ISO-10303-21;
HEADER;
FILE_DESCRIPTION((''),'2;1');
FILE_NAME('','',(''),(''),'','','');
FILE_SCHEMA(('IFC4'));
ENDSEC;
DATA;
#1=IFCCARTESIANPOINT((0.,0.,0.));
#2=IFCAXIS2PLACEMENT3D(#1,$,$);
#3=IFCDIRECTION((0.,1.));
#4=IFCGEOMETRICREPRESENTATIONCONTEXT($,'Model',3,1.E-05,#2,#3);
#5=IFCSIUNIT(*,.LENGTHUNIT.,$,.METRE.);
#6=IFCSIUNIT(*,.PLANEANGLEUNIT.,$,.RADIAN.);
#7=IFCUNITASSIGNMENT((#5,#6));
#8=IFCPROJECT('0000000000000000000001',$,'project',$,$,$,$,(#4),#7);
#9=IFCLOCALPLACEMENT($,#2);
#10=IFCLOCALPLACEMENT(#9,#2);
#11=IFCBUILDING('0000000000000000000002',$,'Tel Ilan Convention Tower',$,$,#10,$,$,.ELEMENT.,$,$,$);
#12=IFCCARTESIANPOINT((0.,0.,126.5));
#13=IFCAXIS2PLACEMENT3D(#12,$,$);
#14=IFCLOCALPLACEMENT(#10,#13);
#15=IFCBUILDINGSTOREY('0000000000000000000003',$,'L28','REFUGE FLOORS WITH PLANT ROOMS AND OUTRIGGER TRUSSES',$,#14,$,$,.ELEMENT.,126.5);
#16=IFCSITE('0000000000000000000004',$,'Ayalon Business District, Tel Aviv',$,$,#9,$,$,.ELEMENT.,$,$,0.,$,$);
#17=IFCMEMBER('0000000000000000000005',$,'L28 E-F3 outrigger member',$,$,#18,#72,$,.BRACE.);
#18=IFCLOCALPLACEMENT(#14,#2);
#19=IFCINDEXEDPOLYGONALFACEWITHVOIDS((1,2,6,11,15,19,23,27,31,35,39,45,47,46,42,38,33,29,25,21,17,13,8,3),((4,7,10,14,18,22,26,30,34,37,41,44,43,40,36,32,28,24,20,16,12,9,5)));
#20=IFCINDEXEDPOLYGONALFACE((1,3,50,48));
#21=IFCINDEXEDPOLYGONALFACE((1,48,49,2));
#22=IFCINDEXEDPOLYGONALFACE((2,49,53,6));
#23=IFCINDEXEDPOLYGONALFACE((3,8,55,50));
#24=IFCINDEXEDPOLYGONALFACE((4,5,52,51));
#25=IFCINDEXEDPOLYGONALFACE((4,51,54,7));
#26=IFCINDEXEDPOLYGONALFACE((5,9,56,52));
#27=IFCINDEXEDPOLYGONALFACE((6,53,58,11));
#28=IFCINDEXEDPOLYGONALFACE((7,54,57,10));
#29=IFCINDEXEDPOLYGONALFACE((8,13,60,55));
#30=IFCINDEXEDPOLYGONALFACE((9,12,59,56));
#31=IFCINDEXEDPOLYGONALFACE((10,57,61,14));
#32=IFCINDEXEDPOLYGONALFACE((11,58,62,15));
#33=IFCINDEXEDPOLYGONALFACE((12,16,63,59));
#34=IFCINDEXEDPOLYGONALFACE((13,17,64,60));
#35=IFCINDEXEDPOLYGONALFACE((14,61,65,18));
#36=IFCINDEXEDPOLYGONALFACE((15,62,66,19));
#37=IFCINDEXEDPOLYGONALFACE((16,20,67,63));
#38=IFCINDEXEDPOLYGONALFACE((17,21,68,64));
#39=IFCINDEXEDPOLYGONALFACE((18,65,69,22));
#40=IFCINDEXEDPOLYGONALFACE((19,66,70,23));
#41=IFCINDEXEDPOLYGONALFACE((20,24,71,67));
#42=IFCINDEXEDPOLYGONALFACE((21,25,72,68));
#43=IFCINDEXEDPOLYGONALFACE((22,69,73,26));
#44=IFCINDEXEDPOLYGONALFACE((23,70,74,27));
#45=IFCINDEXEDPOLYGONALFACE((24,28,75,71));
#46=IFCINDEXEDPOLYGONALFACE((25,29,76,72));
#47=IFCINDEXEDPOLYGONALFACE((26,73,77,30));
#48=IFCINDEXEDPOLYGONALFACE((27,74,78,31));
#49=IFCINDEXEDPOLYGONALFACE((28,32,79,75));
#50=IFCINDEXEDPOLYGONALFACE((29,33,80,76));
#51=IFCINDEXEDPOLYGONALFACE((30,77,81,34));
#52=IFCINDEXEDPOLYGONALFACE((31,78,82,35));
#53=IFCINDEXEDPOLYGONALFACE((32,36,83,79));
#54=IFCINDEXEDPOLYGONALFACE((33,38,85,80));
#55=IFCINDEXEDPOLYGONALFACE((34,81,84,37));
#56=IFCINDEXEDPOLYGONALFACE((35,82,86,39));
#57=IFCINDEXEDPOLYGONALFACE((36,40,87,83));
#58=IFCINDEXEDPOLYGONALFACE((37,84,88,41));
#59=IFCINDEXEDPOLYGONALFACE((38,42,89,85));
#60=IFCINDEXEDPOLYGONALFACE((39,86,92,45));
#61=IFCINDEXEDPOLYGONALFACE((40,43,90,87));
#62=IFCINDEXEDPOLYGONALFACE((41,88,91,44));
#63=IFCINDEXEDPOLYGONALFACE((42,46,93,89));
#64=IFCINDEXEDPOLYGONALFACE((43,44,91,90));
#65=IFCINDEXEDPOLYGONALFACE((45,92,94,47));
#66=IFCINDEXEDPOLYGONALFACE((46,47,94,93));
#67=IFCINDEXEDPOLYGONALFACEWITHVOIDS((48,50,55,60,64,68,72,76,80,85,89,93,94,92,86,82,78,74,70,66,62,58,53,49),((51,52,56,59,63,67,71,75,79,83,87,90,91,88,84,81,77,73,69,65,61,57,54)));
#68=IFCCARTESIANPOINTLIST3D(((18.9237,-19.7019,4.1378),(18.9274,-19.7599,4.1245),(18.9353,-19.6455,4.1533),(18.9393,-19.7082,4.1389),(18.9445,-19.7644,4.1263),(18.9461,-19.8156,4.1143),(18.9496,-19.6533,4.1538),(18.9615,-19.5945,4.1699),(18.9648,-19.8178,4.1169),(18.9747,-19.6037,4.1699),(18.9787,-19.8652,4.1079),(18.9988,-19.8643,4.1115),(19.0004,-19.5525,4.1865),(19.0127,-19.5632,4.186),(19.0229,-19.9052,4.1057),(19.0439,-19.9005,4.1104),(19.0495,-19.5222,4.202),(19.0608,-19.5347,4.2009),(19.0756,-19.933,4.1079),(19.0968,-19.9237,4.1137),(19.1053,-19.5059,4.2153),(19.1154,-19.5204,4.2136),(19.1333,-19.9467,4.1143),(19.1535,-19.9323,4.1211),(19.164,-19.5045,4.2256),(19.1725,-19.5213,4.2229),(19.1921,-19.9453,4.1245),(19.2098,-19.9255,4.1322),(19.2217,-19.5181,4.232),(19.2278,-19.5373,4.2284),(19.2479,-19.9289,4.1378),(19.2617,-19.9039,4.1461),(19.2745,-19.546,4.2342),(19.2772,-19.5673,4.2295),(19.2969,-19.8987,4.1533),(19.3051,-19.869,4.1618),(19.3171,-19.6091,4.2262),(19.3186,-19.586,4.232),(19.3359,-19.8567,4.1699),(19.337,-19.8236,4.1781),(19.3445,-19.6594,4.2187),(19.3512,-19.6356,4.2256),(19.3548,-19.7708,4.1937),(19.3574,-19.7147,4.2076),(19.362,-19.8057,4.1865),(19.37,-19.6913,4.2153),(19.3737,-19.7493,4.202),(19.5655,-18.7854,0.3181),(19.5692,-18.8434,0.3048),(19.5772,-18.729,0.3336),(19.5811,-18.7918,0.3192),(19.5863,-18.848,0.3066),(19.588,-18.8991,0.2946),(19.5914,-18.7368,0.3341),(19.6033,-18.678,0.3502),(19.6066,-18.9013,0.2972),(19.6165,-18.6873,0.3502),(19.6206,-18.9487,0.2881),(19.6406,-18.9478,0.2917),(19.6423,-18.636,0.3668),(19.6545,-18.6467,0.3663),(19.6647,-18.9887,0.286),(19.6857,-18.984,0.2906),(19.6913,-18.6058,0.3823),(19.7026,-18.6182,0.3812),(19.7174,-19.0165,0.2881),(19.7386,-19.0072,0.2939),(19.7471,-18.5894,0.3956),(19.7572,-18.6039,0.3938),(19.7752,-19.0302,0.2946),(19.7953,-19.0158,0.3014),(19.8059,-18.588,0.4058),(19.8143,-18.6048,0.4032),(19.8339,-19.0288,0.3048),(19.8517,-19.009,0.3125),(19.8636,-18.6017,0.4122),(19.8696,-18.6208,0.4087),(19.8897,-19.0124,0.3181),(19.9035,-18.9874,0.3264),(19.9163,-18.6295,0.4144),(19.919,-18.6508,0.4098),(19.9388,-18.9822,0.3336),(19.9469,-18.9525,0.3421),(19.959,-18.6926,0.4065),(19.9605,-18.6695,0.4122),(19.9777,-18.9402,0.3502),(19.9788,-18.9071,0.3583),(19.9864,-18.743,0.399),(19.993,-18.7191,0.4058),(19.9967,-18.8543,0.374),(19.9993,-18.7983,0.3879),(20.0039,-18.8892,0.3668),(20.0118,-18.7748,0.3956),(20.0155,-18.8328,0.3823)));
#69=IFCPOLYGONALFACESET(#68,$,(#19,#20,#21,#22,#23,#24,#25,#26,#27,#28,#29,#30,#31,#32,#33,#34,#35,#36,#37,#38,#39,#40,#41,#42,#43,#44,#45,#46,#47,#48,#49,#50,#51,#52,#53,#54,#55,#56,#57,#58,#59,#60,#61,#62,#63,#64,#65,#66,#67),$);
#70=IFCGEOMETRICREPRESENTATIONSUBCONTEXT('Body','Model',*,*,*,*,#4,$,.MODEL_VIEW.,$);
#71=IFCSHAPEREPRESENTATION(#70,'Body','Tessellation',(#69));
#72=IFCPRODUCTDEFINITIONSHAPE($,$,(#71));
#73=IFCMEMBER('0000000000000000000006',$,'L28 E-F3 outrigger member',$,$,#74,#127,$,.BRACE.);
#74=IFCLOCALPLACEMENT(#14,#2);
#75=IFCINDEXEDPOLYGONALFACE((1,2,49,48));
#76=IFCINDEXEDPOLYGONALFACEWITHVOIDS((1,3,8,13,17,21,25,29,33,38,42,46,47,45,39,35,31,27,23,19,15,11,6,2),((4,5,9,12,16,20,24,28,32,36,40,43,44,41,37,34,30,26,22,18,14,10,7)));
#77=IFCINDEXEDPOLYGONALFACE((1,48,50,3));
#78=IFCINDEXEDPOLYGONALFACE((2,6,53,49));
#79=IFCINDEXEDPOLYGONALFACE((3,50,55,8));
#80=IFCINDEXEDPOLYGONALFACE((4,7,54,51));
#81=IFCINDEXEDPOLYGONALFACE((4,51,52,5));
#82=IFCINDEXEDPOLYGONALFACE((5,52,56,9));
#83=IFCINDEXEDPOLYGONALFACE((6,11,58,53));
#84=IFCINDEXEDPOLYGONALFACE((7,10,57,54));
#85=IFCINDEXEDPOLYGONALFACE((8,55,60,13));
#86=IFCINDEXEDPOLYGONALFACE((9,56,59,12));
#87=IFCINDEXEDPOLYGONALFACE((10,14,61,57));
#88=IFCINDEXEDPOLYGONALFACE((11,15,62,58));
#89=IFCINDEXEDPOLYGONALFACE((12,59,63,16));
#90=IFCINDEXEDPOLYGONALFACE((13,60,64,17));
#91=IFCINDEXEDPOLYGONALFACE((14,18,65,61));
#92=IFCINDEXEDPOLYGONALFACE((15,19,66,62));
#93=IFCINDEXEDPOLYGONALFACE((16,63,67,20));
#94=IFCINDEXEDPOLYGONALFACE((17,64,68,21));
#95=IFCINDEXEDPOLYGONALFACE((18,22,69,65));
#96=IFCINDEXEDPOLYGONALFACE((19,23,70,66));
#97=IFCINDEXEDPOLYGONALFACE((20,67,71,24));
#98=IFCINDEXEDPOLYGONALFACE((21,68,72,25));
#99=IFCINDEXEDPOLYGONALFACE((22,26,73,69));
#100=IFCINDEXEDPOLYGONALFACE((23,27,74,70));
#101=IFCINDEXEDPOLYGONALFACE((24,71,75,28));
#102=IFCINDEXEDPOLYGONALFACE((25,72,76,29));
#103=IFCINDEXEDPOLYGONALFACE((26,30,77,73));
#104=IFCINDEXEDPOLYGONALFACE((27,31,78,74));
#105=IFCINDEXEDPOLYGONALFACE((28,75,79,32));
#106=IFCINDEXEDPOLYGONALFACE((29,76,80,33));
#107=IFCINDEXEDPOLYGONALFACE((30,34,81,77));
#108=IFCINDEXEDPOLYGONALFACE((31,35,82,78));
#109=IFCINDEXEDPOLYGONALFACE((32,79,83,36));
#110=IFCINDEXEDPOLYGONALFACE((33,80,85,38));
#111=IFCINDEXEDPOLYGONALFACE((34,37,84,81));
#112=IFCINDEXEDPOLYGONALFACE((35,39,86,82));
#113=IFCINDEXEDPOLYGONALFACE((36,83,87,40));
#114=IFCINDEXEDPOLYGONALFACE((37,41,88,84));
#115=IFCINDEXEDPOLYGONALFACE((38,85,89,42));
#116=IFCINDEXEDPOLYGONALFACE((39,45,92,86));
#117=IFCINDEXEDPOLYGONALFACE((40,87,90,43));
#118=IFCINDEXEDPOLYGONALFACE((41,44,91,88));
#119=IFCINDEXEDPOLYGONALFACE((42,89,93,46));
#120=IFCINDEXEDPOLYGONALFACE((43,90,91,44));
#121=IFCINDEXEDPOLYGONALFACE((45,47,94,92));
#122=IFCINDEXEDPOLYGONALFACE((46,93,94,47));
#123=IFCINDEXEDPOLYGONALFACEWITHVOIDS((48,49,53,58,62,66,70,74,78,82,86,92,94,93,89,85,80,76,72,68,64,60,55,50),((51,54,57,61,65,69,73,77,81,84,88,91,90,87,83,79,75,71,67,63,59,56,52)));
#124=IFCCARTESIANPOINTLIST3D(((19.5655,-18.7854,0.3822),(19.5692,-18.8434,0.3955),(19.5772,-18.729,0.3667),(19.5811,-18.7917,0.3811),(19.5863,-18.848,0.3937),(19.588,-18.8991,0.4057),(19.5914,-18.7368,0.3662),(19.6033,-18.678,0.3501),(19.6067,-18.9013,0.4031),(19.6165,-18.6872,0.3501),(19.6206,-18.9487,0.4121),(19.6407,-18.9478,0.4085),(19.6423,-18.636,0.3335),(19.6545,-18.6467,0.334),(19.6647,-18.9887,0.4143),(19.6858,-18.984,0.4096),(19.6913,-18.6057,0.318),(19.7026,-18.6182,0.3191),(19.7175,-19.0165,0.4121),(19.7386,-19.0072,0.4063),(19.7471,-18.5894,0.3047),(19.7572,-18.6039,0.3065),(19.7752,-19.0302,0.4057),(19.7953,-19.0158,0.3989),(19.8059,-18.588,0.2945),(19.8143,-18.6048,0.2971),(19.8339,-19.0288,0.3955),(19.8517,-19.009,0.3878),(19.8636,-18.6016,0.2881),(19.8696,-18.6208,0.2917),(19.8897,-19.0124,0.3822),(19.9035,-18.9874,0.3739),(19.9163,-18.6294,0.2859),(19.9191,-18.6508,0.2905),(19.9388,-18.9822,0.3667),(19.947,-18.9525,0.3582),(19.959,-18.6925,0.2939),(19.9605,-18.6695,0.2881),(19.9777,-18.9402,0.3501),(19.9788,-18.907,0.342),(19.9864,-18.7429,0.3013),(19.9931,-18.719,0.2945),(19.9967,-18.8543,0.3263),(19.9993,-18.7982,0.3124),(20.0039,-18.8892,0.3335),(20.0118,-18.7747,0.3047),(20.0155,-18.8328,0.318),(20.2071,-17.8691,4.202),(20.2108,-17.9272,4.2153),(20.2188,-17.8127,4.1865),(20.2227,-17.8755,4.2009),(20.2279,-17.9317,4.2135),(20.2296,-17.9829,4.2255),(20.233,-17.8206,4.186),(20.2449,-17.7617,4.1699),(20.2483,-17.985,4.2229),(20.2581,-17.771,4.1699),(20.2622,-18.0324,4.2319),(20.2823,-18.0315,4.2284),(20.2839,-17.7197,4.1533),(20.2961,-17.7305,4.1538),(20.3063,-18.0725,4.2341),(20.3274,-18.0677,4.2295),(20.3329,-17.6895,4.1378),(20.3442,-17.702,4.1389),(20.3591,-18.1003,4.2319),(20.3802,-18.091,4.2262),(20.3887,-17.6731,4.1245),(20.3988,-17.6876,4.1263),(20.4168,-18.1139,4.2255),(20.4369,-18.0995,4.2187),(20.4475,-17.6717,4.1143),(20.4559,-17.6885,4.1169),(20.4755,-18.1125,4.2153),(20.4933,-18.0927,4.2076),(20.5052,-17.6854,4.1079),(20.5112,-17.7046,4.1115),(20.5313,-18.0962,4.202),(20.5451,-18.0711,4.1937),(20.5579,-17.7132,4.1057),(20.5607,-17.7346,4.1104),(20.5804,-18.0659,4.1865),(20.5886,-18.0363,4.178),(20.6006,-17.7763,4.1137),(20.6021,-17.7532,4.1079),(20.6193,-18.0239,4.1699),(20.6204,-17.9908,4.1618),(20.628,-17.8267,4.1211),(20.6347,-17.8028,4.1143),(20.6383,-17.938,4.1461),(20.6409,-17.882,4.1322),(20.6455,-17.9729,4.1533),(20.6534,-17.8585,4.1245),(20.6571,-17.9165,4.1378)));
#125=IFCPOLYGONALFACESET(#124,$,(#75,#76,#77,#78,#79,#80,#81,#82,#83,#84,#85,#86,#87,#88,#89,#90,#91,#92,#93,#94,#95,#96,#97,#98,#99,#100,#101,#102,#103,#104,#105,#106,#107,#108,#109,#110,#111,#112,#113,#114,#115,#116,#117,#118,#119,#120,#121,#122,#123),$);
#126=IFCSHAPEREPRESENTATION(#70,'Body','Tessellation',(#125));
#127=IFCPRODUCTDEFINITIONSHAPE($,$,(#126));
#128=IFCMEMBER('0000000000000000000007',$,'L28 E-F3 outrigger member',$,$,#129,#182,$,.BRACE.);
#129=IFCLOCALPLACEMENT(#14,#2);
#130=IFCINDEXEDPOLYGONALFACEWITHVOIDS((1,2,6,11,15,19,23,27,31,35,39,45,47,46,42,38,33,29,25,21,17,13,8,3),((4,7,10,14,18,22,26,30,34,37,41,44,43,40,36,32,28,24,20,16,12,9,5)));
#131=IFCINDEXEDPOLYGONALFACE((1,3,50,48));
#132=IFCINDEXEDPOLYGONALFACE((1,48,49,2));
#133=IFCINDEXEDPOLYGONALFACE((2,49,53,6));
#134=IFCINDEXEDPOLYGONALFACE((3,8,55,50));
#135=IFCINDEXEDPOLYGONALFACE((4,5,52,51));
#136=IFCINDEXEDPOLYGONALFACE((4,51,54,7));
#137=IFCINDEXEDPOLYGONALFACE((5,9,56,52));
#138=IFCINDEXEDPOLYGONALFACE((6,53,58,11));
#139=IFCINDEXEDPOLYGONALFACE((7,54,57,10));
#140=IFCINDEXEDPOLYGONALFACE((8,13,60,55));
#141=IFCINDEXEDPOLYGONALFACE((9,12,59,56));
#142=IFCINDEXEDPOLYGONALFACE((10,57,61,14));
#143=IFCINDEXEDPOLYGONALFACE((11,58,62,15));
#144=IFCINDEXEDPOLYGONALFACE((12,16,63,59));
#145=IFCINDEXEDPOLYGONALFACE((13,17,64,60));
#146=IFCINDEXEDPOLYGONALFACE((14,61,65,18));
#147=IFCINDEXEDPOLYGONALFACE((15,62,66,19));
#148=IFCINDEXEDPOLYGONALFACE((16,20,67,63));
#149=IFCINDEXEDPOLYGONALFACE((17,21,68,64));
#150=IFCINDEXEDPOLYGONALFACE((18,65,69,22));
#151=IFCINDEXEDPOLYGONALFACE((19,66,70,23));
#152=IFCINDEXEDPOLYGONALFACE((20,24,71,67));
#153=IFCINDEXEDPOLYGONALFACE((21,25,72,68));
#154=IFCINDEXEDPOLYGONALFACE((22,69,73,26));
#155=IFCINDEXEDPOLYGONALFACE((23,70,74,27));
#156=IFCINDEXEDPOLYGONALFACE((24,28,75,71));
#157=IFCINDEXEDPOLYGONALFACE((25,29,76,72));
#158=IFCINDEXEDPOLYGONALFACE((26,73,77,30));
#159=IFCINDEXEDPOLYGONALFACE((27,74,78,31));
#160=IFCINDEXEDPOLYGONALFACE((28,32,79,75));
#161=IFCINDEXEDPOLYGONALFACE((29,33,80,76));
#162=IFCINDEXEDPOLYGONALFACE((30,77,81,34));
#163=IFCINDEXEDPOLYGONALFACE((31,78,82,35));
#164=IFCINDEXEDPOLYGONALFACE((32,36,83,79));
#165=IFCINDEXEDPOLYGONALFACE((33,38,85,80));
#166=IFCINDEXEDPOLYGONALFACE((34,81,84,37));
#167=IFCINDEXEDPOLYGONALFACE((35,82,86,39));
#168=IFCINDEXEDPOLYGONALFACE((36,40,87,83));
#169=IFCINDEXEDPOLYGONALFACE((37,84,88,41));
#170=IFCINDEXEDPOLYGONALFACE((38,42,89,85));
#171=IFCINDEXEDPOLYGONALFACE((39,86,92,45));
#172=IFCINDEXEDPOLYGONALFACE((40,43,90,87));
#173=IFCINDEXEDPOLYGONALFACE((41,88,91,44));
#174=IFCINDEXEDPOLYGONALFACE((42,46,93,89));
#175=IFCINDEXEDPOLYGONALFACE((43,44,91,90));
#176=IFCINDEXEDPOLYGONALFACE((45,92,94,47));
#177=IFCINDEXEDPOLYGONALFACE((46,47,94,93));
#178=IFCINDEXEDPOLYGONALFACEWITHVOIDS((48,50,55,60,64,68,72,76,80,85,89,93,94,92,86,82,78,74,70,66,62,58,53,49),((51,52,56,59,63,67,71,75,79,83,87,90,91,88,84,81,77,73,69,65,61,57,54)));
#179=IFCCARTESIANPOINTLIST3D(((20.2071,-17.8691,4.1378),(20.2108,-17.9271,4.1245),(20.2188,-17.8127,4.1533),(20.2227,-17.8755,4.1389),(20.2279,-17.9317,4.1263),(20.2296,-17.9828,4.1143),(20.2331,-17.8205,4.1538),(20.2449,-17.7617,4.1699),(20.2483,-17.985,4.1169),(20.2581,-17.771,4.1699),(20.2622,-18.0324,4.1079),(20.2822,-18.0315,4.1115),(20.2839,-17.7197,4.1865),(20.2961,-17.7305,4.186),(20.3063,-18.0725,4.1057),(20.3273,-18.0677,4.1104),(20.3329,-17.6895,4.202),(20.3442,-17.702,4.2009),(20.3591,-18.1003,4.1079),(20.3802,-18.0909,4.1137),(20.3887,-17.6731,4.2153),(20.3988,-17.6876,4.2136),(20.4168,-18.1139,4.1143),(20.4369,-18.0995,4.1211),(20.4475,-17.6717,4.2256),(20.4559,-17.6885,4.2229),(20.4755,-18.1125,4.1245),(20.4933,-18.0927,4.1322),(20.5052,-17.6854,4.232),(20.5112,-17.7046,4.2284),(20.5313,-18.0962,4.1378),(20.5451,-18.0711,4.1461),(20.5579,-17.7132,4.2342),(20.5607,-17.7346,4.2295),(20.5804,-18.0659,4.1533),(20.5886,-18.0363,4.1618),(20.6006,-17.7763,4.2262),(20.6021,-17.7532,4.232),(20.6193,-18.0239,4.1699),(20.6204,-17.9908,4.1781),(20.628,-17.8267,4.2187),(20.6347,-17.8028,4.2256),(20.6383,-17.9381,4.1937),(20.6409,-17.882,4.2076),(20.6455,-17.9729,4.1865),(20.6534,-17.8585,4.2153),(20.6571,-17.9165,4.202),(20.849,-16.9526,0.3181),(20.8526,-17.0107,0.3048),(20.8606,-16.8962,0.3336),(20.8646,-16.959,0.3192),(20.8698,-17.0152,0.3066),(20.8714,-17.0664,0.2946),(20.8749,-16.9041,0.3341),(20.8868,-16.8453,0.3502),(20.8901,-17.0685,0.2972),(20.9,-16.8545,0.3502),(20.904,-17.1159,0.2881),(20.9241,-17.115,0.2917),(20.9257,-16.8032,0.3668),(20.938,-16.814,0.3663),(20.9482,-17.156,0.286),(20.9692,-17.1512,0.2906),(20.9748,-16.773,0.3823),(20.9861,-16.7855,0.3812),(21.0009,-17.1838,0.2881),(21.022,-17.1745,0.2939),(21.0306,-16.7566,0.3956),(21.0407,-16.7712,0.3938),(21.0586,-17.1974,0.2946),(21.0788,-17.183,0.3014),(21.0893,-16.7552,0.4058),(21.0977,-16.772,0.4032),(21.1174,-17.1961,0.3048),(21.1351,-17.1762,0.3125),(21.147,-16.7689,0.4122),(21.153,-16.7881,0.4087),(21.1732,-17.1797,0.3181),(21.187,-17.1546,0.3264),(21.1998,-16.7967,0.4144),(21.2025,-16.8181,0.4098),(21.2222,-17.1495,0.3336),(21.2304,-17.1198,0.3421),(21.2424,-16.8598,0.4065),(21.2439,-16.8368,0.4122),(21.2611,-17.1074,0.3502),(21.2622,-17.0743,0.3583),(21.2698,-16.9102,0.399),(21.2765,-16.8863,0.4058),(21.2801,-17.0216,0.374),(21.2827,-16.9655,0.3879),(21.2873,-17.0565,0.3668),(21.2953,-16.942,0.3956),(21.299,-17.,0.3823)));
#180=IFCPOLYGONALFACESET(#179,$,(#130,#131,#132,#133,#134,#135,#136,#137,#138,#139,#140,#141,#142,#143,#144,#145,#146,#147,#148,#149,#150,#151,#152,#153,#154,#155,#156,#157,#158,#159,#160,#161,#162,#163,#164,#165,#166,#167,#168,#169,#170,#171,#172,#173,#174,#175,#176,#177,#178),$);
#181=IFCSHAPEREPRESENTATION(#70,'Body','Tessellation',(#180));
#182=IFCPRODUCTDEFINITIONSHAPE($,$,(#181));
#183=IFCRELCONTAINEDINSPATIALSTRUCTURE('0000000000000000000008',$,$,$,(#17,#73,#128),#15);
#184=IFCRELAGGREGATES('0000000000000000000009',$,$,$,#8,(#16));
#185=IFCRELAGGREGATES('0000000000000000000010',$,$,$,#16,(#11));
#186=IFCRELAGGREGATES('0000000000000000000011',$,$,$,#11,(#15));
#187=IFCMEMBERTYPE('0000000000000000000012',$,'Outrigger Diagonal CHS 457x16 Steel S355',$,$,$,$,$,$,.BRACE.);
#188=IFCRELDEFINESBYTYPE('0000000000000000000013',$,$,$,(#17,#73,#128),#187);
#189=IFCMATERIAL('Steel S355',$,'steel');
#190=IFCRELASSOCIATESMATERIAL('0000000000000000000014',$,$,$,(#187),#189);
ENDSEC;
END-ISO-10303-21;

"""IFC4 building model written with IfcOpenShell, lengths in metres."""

from ifc_helpers import new_model, si_unit, direction, frame, origin, origin_2d, place, context, subcontext, project, spatial, hollow_circle, extrude, material, material_profile, profile_set, type_object, element, save


model = new_model("IFC4")

# Units and contexts
model_context = context("Model", 3, precision=1e-05, world=origin(), true_north=direction((0.0, 1.0)))
body_context = subcontext(model_context, "Body", "Model", "MODEL_VIEW")
ifc_project = project(units=[si_unit("LENGTHUNIT", "METRE"), si_unit("PLANEANGLEUNIT", "RADIAN")], contexts=[model_context])

# Site, building, storey
site_placement = place(None, origin())
site = spatial("IfcSite", under=ifc_project, at=site_placement, Name="Ayalon Business District, Tel Aviv", CompositionType="ELEMENT", RefElevation=0.0)
building_placement = place(site_placement, origin())
building = spatial("IfcBuilding", under=site, at=building_placement, Name="Tel Ilan Convention Tower", CompositionType="ELEMENT")
storey_placement = place(building_placement, frame((0.0, 0.0, 126.5)))
storey = spatial("IfcBuildingStorey", under=building, at=storey_placement, Name="L28", Description="REFUGE FLOORS WITH PLANT ROOMS AND OUTRIGGER TRUSSES", CompositionType="ELEMENT", Elevation=126.5)

# Members
ifc_material_1 = material(Name="Steel S355", Category="steel")
ifc_material_profile_1 = material_profile(ifc_material_1, hollow_circle(Radius=0.2285, WallThickness=0.0161, at=origin_2d()), Name="CHS 457x16")
ifc_profile_set_1 = profile_set([ifc_material_profile_1], Name="Steel S355")
member_type_1 = type_object("IfcMemberType", Name="Outrigger Diagonal CHS 457x16 Steel S355", PredefinedType="BRACE", material=ifc_profile_set_1)
for number, where, z_axis, x_axis, name in (
    (1, (19.1487, -19.7256, 4.1699), (0.161255, 0.230258, -0.959676), (-0.819109, 0.573638, 0.0), "L28 E-F3 outrigger member"),
    (2, (19.7905, -18.8091, 0.3501), (0.161197, 0.230203, 0.959699), (-0.81914, 0.573594, 0.0), "L28 E-F3 outrigger member"),
    (3, (20.4321, -17.8928, 4.1699), (0.161255, 0.230258, -0.959676), (-0.819109, 0.573638, 0.0), "L28 E-F3 outrigger member"),
):
    element("IfcMember", number, at=place(storey_placement, frame(where, z_axis=z_axis, x_axis=x_axis)), inside=storey, type_object=member_type_1, Name=name, PredefinedType="BRACE", context=body_context, shape_type="SweptSolid", body=[
        extrude(hollow_circle(Radius=0.2285, WallThickness=0.0161, at=origin_2d()), origin(), (0.0, 0.0, 1.0), 3.9802),
    ])

save(model, "model.ifc")
